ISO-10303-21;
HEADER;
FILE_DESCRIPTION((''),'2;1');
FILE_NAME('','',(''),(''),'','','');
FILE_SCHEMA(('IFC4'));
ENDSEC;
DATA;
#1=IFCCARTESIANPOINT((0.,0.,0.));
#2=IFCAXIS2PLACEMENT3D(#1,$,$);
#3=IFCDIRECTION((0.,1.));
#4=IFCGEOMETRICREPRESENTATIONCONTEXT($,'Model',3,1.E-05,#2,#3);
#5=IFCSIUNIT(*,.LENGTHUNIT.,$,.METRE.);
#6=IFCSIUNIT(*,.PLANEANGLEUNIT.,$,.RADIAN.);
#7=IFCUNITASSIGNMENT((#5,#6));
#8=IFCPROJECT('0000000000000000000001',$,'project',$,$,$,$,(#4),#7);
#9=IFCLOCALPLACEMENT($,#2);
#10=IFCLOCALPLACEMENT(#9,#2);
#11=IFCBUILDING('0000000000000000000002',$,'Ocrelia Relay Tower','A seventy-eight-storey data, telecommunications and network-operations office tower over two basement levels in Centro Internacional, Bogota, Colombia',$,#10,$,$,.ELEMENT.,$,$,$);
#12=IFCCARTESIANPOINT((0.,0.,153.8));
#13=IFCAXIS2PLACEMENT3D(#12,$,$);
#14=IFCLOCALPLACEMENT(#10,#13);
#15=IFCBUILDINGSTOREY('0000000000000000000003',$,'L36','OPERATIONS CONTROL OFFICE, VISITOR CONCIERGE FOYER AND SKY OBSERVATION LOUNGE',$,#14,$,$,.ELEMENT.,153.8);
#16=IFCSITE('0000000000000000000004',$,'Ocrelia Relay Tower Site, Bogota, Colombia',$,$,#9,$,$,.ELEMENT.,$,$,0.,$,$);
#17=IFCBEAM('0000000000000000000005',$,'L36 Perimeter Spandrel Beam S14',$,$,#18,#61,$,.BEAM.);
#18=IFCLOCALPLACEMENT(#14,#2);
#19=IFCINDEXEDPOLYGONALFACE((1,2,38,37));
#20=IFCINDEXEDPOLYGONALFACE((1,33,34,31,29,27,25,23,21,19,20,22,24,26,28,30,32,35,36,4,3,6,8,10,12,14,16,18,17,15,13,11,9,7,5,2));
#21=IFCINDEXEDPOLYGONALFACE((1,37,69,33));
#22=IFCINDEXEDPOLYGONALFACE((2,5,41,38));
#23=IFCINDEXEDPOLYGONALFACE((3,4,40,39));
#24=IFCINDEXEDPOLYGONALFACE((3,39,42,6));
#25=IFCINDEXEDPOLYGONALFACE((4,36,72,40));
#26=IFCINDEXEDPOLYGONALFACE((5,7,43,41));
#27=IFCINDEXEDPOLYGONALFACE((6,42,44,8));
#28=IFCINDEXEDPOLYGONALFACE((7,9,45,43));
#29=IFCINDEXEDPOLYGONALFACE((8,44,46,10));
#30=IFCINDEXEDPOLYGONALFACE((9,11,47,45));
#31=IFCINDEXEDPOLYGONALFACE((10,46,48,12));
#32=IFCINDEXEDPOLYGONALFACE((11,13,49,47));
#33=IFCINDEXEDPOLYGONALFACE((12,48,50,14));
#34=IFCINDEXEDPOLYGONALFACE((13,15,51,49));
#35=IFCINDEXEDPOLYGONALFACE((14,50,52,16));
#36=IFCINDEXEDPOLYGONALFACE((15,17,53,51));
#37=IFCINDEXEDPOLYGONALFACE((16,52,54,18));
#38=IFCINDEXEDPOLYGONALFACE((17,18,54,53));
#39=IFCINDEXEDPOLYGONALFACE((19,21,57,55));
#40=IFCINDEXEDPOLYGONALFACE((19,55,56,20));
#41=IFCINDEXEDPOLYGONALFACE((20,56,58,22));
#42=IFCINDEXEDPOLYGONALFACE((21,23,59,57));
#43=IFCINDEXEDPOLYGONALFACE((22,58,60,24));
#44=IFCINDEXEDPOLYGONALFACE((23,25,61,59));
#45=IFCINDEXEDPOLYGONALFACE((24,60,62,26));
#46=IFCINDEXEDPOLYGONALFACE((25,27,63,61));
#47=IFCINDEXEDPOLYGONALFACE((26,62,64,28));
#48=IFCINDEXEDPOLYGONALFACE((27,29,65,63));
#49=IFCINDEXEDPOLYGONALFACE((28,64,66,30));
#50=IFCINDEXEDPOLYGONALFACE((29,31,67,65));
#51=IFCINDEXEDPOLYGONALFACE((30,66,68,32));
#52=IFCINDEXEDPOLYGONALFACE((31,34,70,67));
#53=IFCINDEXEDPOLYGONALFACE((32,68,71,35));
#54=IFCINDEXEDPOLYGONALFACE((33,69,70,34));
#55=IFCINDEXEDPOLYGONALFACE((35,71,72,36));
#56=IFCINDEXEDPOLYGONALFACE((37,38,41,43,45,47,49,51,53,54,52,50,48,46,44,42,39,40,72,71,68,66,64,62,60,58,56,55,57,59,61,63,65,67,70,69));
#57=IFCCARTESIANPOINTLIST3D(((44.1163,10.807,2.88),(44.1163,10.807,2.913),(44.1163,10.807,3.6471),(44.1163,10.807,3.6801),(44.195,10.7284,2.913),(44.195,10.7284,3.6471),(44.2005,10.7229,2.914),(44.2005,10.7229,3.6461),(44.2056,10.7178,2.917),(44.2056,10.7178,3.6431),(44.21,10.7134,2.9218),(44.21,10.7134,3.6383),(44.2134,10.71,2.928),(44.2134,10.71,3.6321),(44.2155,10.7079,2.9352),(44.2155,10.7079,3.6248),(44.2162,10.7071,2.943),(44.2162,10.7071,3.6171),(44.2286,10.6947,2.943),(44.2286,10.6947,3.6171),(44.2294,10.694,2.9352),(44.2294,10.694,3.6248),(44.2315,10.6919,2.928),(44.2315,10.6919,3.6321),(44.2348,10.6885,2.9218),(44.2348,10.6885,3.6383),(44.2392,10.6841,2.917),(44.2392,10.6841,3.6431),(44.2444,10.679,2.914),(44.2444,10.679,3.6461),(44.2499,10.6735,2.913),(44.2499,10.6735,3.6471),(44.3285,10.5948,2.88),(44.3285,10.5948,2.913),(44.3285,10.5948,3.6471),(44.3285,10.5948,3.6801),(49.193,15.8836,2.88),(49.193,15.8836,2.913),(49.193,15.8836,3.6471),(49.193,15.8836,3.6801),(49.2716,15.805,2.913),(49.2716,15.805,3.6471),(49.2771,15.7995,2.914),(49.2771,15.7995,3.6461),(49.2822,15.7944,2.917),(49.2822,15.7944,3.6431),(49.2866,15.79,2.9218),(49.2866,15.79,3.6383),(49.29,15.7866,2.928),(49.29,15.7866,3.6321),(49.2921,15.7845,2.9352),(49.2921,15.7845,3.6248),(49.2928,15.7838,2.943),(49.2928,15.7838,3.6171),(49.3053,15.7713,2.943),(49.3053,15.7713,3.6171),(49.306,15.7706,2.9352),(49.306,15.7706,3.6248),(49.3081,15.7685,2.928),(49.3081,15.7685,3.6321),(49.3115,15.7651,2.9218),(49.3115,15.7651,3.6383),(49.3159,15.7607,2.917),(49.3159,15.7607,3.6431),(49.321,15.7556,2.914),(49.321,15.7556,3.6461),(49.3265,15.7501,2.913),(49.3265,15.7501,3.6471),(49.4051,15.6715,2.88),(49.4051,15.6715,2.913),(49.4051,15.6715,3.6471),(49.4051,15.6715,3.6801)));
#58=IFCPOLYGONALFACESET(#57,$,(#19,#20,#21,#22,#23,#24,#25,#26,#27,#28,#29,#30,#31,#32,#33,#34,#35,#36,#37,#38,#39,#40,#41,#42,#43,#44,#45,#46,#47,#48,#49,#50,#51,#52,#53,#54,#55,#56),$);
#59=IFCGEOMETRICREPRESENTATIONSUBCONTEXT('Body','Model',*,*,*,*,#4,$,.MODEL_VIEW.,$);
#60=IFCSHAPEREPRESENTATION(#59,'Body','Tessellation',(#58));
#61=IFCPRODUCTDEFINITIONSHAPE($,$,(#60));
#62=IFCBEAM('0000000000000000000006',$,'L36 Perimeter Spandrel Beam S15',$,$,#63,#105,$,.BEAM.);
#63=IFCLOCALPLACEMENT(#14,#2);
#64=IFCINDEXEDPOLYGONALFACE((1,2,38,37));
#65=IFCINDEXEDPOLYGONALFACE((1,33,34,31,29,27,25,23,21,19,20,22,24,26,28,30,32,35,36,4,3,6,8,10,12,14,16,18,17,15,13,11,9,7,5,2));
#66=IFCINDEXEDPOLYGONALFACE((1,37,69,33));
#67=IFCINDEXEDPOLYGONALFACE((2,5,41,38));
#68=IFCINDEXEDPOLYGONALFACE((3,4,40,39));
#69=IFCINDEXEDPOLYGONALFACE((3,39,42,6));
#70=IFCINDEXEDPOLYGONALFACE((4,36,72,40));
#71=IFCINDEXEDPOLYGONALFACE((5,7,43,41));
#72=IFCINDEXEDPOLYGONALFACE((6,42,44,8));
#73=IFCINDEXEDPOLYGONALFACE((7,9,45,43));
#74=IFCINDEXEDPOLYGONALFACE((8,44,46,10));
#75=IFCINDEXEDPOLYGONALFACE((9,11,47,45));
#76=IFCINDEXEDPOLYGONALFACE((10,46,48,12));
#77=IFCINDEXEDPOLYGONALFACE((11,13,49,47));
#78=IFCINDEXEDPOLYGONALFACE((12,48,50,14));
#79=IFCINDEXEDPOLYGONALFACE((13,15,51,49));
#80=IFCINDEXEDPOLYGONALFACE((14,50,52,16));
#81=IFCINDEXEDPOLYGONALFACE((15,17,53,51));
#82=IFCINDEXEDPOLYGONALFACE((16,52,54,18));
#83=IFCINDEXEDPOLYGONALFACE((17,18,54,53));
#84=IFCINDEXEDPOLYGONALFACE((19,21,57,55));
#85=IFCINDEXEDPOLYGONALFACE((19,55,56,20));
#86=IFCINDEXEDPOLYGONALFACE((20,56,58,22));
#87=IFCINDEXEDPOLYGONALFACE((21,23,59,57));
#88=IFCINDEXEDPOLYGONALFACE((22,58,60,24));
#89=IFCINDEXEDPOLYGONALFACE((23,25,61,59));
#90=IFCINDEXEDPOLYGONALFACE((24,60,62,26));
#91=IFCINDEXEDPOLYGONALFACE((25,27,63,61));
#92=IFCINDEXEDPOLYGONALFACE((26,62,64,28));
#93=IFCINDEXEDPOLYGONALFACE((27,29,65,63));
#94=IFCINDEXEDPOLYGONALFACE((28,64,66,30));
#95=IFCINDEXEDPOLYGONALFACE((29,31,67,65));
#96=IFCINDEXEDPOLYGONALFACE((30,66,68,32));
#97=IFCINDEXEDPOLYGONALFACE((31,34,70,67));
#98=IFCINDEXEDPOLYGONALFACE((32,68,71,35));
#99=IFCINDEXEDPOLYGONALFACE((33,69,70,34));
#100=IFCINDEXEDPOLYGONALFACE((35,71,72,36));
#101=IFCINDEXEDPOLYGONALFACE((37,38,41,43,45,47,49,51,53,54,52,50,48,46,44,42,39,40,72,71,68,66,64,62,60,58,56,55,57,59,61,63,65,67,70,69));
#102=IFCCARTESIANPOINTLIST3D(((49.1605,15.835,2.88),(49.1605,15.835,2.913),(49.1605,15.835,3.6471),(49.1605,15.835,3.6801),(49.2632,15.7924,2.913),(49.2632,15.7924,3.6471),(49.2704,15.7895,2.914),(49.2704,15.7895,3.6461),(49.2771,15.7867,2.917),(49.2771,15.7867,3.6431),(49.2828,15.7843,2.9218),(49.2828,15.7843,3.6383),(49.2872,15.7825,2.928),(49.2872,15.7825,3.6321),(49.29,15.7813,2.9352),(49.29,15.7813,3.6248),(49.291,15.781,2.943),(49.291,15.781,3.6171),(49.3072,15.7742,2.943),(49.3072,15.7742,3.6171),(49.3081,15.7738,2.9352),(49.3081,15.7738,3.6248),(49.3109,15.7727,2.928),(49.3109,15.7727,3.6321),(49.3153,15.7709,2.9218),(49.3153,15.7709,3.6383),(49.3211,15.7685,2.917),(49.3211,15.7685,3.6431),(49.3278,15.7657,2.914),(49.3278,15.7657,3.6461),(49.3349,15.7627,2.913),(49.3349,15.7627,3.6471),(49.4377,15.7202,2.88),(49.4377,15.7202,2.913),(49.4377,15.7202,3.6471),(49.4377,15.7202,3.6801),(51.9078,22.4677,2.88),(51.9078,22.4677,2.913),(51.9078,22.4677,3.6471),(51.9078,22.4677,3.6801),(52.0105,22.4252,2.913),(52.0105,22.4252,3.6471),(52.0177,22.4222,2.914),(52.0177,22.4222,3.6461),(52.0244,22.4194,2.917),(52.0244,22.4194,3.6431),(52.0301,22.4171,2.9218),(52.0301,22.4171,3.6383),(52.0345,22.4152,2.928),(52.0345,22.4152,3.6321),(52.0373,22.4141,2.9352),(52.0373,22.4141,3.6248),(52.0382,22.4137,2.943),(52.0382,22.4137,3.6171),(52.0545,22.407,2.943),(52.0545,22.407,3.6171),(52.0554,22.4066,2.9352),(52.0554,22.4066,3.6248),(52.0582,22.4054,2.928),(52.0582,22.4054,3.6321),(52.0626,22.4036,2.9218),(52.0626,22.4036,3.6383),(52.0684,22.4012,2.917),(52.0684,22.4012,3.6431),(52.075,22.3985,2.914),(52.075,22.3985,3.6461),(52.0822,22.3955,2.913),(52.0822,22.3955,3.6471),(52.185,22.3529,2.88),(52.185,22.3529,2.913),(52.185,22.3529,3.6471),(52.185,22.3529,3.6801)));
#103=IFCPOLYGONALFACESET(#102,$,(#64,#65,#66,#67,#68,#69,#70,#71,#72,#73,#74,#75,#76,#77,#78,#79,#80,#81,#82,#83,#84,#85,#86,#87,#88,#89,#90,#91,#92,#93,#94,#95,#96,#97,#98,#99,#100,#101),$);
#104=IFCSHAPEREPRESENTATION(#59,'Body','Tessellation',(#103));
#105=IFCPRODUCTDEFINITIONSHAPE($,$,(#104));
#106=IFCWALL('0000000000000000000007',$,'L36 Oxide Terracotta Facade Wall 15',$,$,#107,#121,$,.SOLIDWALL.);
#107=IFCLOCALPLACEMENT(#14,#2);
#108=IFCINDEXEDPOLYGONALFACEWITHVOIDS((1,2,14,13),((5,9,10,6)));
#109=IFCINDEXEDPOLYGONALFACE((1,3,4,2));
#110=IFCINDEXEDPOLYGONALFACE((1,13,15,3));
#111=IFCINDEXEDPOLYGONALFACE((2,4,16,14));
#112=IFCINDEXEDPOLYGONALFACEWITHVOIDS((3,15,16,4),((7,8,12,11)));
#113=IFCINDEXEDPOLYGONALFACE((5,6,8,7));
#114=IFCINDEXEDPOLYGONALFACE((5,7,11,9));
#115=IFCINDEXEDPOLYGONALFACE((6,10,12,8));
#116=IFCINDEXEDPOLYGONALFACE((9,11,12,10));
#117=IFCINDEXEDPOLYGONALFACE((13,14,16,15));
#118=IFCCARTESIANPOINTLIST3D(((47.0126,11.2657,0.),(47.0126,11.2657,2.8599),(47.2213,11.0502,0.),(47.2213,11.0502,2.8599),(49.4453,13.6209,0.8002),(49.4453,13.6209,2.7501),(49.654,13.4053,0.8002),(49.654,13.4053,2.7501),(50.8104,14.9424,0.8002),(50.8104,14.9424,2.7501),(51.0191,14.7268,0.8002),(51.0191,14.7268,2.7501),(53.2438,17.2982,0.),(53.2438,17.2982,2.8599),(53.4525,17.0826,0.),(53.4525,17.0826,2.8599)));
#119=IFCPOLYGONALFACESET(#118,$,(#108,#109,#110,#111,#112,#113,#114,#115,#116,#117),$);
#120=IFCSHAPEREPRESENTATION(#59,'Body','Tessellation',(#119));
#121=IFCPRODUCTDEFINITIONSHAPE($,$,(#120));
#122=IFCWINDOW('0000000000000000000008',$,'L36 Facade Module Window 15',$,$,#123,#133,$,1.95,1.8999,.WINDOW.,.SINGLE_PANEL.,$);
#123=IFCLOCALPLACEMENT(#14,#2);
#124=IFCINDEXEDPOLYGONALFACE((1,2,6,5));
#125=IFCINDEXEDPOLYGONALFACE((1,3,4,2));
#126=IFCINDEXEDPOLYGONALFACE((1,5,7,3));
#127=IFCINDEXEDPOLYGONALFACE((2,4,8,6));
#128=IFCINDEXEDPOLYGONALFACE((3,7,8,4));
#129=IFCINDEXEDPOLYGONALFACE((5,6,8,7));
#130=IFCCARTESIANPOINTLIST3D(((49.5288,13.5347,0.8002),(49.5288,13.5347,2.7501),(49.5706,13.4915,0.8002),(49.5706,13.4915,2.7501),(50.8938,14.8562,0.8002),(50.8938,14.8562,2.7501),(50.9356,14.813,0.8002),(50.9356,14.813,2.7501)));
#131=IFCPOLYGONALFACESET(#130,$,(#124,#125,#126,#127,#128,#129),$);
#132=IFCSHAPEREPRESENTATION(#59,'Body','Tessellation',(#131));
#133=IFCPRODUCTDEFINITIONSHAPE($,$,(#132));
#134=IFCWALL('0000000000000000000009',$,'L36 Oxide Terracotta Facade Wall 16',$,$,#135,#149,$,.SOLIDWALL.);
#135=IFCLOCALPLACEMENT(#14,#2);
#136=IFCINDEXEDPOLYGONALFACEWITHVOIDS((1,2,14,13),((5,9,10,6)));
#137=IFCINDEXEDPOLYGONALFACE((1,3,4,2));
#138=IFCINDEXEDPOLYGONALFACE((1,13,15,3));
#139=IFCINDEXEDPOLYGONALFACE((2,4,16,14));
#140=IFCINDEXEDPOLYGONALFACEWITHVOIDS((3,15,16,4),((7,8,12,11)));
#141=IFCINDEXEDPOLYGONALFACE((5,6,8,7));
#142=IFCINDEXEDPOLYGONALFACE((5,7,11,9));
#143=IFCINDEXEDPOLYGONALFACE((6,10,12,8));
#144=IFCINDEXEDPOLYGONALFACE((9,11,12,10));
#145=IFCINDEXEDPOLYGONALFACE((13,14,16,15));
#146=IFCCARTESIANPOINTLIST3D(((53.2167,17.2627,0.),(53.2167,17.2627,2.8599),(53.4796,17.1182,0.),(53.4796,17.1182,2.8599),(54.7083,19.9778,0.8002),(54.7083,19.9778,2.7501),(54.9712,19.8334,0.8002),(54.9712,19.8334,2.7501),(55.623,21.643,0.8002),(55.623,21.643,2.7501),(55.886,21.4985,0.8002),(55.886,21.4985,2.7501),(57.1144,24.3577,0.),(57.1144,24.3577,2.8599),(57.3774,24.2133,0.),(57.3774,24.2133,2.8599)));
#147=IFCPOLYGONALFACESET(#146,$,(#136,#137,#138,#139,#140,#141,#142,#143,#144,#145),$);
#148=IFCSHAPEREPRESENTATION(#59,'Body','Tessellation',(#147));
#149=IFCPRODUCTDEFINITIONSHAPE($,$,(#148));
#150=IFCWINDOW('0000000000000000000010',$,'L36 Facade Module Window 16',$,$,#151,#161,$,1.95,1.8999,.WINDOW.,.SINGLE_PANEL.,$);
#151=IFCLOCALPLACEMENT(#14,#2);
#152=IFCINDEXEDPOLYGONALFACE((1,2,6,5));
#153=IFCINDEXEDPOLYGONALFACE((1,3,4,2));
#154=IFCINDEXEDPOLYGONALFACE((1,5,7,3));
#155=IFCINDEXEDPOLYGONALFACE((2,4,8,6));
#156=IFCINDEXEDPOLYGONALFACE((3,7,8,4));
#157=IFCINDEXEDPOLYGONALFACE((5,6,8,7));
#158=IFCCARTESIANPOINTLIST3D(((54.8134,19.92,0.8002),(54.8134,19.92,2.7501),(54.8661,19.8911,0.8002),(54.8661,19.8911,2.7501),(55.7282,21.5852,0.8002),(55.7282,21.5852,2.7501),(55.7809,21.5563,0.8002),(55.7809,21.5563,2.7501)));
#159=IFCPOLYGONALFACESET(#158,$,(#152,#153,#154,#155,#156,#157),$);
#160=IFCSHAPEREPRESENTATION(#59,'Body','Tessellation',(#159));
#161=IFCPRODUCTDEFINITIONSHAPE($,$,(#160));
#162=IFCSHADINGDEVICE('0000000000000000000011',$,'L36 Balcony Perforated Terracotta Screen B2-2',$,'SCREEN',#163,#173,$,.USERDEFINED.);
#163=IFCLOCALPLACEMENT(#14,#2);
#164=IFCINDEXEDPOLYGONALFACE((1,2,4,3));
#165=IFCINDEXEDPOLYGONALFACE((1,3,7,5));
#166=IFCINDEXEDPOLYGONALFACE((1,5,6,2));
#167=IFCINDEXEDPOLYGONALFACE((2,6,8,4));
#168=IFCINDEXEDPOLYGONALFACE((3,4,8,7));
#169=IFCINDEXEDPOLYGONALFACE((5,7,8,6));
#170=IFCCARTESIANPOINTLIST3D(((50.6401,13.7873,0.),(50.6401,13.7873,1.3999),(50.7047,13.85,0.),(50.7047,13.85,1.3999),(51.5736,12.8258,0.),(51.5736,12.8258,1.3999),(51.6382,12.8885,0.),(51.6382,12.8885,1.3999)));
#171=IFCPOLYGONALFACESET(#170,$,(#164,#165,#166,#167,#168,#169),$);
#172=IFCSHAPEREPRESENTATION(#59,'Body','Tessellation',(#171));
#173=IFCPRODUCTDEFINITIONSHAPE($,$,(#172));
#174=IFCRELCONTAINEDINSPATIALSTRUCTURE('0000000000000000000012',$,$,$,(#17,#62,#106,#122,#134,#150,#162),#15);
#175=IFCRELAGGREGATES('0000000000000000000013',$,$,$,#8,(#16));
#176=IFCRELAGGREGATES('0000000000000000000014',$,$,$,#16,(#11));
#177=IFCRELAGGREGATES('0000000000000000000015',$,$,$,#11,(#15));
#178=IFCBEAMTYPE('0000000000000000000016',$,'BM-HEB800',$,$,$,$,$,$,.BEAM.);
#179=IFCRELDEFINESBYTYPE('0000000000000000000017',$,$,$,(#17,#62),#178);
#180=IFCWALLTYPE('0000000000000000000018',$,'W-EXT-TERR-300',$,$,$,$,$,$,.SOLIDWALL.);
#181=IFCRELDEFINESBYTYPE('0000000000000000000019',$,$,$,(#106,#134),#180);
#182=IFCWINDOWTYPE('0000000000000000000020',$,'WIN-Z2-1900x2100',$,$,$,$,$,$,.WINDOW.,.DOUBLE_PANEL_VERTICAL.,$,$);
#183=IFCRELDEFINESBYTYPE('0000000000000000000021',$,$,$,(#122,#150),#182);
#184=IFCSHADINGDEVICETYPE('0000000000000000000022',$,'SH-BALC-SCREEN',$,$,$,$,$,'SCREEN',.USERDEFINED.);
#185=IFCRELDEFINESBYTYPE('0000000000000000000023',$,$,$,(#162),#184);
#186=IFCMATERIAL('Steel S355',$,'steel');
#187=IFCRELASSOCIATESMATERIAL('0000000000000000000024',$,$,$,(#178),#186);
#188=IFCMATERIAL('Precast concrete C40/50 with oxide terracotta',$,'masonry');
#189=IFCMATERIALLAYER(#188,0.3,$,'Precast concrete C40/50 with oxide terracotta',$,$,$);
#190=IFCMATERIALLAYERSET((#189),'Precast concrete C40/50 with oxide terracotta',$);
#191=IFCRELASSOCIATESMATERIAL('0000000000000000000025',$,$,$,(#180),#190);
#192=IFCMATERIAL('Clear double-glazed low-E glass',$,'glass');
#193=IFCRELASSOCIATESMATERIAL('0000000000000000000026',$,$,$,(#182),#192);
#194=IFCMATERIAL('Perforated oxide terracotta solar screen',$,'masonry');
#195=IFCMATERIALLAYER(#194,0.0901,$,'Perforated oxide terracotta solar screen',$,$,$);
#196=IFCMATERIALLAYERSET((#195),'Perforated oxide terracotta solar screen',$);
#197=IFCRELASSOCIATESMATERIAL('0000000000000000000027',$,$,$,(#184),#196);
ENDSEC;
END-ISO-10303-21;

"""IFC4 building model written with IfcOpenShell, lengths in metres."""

from ifc_helpers import new_model, si_unit, direction, frame, frame_2d, origin, origin_2d, place, context, subcontext, project, spatial, rectangle, i_section, extrude, material, layer, layer_set, material_profile, profile_set, type_object, element, fill, save


model = new_model("IFC4")

# Units and contexts
model_context = context("Model", 3, precision=1e-05, world=origin(), true_north=direction((0.0, 1.0)))
body_context = subcontext(model_context, "Body", "Model", "MODEL_VIEW")
ifc_project = project(units=[si_unit("LENGTHUNIT", "METRE"), si_unit("PLANEANGLEUNIT", "RADIAN")], contexts=[model_context])

# Site, building, storey
site_placement = place(None, origin())
site = spatial("IfcSite", under=ifc_project, at=site_placement, Name="Ocrelia Relay Tower Site, Bogota, Colombia", CompositionType="ELEMENT", RefElevation=0.0)
building_placement = place(site_placement, origin())
building = spatial("IfcBuilding", under=site, at=building_placement, Name="Ocrelia Relay Tower", Description="A seventy-eight-storey data, telecommunications and network-operations office tower over two basement levels in Centro Internacional, Bogota, Colombia", CompositionType="ELEMENT")
storey_placement = place(building_placement, frame((0.0, 0.0, 153.8)))
storey = spatial("IfcBuildingStorey", under=building, at=storey_placement, Name="L36", Description="OPERATIONS CONTROL OFFICE, VISITOR CONCIERGE FOYER AND SKY OBSERVATION LOUNGE", CompositionType="ELEMENT", Elevation=153.8)

# Beams
ifc_material_1 = material(Name="Steel S355", Category="steel")
ifc_material_profile_1 = material_profile(ifc_material_1, i_section(OverallWidth=0.3, OverallDepth=0.8, WebThickness=0.0176, FlangeThickness=0.033, FilletRadius=0.03, at=origin_2d()), Name="HEB 800")
ifc_profile_set_1 = profile_set([ifc_material_profile_1], Name="Steel S355")
beam_type_1 = type_object("IfcBeamType", Name="BM-HEB800", PredefinedType="BEAM", material=ifc_profile_set_1)
beam_1_placement = place(storey_placement, frame((44.2224, 10.7009, 3.28), z_axis=(0.707107, 0.707107, 0.0), x_axis=(-0.707107, 0.707107, 0.0)))
element("IfcBeam", 1, at=beam_1_placement, inside=storey, type_object=beam_type_1, Name="L36 Perimeter Spandrel Beam S14", PredefinedType="BEAM", context=body_context, shape_type="SweptSolid", body=[
    extrude(i_section(OverallWidth=0.3, OverallDepth=0.8, WebThickness=0.0176, FlangeThickness=0.033, FilletRadius=0.03, at=origin_2d()), origin(), (0.0, 0.0, 1.0), 7.1794),
])
beam_2_placement = place(storey_placement, frame((49.2991, 15.7776, 3.28), z_axis=(0.382673, 0.923884, 0.0), x_axis=(-0.923884, 0.382673, 0.0)))
element("IfcBeam", 2, at=beam_2_placement, inside=storey, type_object=beam_type_1, Name="L36 Perimeter Spandrel Beam S15", PredefinedType="BEAM", context=body_context, shape_type="SweptSolid", body=[
    extrude(i_section(OverallWidth=0.3, OverallDepth=0.8, WebThickness=0.0176, FlangeThickness=0.033, FilletRadius=0.03, at=origin_2d()), origin(), (0.0, 0.0, 1.0), 7.1792),
])

# Walls, openings, windows
ifc_material_2 = material(Name="Precast concrete C40/50 with oxide terracotta", Category="masonry")
ifc_layer_1 = layer(ifc_material_2, 0.3, Name="Precast concrete C40/50 with oxide terracotta")
ifc_layer_set_1 = layer_set([ifc_layer_1], Name="Precast concrete C40/50 with oxide terracotta")
wall_type = type_object("IfcWallType", Name="W-EXT-TERR-300", PredefinedType="SOLIDWALL", material=ifc_layer_set_1)
wall_1_placement = place(storey_placement, frame((47.1169, 11.158, 0.0), z_axis=(0.0, 0.0, 1.0), x_axis=(0.718471, 0.695557, 0.0)))
wall_1 = element("IfcWall", 3, at=wall_1_placement, inside=storey, type_object=wall_type, Name="L36 Oxide Terracotta Facade Wall 15", PredefinedType="SOLIDWALL", context=body_context, shape_type="SweptSolid", body=[
    extrude(rectangle(XDim=8.6729, YDim=0.3, at=frame_2d((4.3364, 0.0))), origin(), (0.0, 0.0, 1.0), 2.8599),
])
opening_1_placement = place(wall_1_placement, frame((3.386, 0.0, 0.8)))
opening_1 = element("IfcOpeningElement", 4, at=opening_1_placement, cuts=wall_1, PredefinedType="OPENING", context=body_context, shape_type="SweptSolid", body=[
    extrude(rectangle(XDim=1.8999, YDim=1.95, at=frame_2d((0.95, 0.9751))), frame((0.0, 0.1602, 0.0), z_axis=(0.0, -1.0, 0.0), x_axis=(1.0, 0.0, 0.0)), (0.0, 0.0, 1.0), 0.3201),
])
ifc_material_3 = material(Name="Clear double-glazed low-E glass", Category="glass")
window_type = type_object("IfcWindowType", Name="WIN-Z2-1900x2100", PartitioningType="DOUBLE_PANEL_VERTICAL", PredefinedType="WINDOW", material=ifc_material_3)
window_1_placement = place(opening_1_placement, origin())
window_1 = element("IfcWindow", 5, at=window_1_placement, inside=storey, type_object=window_type, Name="L36 Facade Module Window 15", OverallHeight=1.95, OverallWidth=1.8999, PartitioningType="SINGLE_PANEL", PredefinedType="WINDOW", context=body_context, shape_type="SweptSolid", body=[
    extrude(rectangle(XDim=1.8999, YDim=1.95, at=frame_2d((0.95, 0.9751))), frame((0.0, 0.03, 0.0), z_axis=(0.0, -1.0, 0.0), x_axis=(1.0, 0.0, 0.0)), (0.0, 0.0, 1.0), 0.0601),
])
fill(opening_1, window_1)
wall_2_placement = place(storey_placement, frame((53.3481, 17.1904, 0.0), z_axis=(0.0, 0.0, 1.0), x_axis=(0.481489, 0.876452, 0.0)))
wall_2 = element("IfcWall", 6, at=wall_2_placement, inside=storey, type_object=wall_type, Name="L36 Oxide Terracotta Facade Wall 16", PredefinedType="SOLIDWALL", context=body_context, shape_type="SweptSolid", body=[
    extrude(rectangle(XDim=8.0952, YDim=0.3, at=frame_2d((4.0476, 0.0))), origin(), (0.0, 0.0, 1.0), 2.8599),
])
opening_2_placement = place(wall_2_placement, frame((3.0979, 0.0, 0.8)))
opening_2 = element("IfcOpeningElement", 7, at=opening_2_placement, cuts=wall_2, PredefinedType="OPENING", context=body_context, shape_type="SweptSolid", body=[
    extrude(rectangle(XDim=1.8999, YDim=1.95, at=frame_2d((0.95, 0.9751))), frame((0.0, 0.1602, 0.0), z_axis=(0.0, -1.0, 0.0), x_axis=(1.0, 0.0, 0.0)), (0.0, 0.0, 1.0), 0.3201),
])
window_2_placement = place(opening_2_placement, origin())
window_2 = element("IfcWindow", 8, at=window_2_placement, inside=storey, type_object=window_type, Name="L36 Facade Module Window 16", OverallHeight=1.95, OverallWidth=1.8999, PartitioningType="SINGLE_PANEL", PredefinedType="WINDOW", context=body_context, shape_type="SweptSolid", body=[
    extrude(rectangle(XDim=1.8999, YDim=1.95, at=frame_2d((0.95, 0.9751))), frame((0.0, 0.03, 0.0), z_axis=(0.0, -1.0, 0.0), x_axis=(1.0, 0.0, 0.0)), (0.0, 0.0, 1.0), 0.0601),
])
fill(opening_2, window_2)

# Shading device
ifc_material_4 = material(Name="Perforated oxide terracotta solar screen", Category="masonry")
ifc_layer_2 = layer(ifc_material_4, 0.0901, Name="Perforated oxide terracotta solar screen")
ifc_layer_set_2 = layer_set([ifc_layer_2], Name="Perforated oxide terracotta solar screen")
shading_device_type_1 = type_object("IfcShadingDeviceType", Name="SH-BALC-SCREEN", ElementType="SCREEN", PredefinedType="USERDEFINED", material=ifc_layer_set_2)
shading_device_1_placement = place(storey_placement, frame((51.1392, 13.3379, 0.0), z_axis=(0.0, 0.0, 1.0), x_axis=(0.696587, -0.717472, 0.0)))
element("IfcShadingDevice", 9, at=shading_device_1_placement, inside=storey, type_object=shading_device_type_1, Name="L36 Balcony Perforated Terracotta Screen B2-2", ObjectType="SCREEN", PredefinedType="USERDEFINED", context=body_context, shape_type="SweptSolid", body=[
    extrude(rectangle(XDim=1.3401, YDim=0.0901, at=origin_2d()), origin(), (0.0, 0.0, 1.0), 1.3999),
])

save(model, "model.ifc")
